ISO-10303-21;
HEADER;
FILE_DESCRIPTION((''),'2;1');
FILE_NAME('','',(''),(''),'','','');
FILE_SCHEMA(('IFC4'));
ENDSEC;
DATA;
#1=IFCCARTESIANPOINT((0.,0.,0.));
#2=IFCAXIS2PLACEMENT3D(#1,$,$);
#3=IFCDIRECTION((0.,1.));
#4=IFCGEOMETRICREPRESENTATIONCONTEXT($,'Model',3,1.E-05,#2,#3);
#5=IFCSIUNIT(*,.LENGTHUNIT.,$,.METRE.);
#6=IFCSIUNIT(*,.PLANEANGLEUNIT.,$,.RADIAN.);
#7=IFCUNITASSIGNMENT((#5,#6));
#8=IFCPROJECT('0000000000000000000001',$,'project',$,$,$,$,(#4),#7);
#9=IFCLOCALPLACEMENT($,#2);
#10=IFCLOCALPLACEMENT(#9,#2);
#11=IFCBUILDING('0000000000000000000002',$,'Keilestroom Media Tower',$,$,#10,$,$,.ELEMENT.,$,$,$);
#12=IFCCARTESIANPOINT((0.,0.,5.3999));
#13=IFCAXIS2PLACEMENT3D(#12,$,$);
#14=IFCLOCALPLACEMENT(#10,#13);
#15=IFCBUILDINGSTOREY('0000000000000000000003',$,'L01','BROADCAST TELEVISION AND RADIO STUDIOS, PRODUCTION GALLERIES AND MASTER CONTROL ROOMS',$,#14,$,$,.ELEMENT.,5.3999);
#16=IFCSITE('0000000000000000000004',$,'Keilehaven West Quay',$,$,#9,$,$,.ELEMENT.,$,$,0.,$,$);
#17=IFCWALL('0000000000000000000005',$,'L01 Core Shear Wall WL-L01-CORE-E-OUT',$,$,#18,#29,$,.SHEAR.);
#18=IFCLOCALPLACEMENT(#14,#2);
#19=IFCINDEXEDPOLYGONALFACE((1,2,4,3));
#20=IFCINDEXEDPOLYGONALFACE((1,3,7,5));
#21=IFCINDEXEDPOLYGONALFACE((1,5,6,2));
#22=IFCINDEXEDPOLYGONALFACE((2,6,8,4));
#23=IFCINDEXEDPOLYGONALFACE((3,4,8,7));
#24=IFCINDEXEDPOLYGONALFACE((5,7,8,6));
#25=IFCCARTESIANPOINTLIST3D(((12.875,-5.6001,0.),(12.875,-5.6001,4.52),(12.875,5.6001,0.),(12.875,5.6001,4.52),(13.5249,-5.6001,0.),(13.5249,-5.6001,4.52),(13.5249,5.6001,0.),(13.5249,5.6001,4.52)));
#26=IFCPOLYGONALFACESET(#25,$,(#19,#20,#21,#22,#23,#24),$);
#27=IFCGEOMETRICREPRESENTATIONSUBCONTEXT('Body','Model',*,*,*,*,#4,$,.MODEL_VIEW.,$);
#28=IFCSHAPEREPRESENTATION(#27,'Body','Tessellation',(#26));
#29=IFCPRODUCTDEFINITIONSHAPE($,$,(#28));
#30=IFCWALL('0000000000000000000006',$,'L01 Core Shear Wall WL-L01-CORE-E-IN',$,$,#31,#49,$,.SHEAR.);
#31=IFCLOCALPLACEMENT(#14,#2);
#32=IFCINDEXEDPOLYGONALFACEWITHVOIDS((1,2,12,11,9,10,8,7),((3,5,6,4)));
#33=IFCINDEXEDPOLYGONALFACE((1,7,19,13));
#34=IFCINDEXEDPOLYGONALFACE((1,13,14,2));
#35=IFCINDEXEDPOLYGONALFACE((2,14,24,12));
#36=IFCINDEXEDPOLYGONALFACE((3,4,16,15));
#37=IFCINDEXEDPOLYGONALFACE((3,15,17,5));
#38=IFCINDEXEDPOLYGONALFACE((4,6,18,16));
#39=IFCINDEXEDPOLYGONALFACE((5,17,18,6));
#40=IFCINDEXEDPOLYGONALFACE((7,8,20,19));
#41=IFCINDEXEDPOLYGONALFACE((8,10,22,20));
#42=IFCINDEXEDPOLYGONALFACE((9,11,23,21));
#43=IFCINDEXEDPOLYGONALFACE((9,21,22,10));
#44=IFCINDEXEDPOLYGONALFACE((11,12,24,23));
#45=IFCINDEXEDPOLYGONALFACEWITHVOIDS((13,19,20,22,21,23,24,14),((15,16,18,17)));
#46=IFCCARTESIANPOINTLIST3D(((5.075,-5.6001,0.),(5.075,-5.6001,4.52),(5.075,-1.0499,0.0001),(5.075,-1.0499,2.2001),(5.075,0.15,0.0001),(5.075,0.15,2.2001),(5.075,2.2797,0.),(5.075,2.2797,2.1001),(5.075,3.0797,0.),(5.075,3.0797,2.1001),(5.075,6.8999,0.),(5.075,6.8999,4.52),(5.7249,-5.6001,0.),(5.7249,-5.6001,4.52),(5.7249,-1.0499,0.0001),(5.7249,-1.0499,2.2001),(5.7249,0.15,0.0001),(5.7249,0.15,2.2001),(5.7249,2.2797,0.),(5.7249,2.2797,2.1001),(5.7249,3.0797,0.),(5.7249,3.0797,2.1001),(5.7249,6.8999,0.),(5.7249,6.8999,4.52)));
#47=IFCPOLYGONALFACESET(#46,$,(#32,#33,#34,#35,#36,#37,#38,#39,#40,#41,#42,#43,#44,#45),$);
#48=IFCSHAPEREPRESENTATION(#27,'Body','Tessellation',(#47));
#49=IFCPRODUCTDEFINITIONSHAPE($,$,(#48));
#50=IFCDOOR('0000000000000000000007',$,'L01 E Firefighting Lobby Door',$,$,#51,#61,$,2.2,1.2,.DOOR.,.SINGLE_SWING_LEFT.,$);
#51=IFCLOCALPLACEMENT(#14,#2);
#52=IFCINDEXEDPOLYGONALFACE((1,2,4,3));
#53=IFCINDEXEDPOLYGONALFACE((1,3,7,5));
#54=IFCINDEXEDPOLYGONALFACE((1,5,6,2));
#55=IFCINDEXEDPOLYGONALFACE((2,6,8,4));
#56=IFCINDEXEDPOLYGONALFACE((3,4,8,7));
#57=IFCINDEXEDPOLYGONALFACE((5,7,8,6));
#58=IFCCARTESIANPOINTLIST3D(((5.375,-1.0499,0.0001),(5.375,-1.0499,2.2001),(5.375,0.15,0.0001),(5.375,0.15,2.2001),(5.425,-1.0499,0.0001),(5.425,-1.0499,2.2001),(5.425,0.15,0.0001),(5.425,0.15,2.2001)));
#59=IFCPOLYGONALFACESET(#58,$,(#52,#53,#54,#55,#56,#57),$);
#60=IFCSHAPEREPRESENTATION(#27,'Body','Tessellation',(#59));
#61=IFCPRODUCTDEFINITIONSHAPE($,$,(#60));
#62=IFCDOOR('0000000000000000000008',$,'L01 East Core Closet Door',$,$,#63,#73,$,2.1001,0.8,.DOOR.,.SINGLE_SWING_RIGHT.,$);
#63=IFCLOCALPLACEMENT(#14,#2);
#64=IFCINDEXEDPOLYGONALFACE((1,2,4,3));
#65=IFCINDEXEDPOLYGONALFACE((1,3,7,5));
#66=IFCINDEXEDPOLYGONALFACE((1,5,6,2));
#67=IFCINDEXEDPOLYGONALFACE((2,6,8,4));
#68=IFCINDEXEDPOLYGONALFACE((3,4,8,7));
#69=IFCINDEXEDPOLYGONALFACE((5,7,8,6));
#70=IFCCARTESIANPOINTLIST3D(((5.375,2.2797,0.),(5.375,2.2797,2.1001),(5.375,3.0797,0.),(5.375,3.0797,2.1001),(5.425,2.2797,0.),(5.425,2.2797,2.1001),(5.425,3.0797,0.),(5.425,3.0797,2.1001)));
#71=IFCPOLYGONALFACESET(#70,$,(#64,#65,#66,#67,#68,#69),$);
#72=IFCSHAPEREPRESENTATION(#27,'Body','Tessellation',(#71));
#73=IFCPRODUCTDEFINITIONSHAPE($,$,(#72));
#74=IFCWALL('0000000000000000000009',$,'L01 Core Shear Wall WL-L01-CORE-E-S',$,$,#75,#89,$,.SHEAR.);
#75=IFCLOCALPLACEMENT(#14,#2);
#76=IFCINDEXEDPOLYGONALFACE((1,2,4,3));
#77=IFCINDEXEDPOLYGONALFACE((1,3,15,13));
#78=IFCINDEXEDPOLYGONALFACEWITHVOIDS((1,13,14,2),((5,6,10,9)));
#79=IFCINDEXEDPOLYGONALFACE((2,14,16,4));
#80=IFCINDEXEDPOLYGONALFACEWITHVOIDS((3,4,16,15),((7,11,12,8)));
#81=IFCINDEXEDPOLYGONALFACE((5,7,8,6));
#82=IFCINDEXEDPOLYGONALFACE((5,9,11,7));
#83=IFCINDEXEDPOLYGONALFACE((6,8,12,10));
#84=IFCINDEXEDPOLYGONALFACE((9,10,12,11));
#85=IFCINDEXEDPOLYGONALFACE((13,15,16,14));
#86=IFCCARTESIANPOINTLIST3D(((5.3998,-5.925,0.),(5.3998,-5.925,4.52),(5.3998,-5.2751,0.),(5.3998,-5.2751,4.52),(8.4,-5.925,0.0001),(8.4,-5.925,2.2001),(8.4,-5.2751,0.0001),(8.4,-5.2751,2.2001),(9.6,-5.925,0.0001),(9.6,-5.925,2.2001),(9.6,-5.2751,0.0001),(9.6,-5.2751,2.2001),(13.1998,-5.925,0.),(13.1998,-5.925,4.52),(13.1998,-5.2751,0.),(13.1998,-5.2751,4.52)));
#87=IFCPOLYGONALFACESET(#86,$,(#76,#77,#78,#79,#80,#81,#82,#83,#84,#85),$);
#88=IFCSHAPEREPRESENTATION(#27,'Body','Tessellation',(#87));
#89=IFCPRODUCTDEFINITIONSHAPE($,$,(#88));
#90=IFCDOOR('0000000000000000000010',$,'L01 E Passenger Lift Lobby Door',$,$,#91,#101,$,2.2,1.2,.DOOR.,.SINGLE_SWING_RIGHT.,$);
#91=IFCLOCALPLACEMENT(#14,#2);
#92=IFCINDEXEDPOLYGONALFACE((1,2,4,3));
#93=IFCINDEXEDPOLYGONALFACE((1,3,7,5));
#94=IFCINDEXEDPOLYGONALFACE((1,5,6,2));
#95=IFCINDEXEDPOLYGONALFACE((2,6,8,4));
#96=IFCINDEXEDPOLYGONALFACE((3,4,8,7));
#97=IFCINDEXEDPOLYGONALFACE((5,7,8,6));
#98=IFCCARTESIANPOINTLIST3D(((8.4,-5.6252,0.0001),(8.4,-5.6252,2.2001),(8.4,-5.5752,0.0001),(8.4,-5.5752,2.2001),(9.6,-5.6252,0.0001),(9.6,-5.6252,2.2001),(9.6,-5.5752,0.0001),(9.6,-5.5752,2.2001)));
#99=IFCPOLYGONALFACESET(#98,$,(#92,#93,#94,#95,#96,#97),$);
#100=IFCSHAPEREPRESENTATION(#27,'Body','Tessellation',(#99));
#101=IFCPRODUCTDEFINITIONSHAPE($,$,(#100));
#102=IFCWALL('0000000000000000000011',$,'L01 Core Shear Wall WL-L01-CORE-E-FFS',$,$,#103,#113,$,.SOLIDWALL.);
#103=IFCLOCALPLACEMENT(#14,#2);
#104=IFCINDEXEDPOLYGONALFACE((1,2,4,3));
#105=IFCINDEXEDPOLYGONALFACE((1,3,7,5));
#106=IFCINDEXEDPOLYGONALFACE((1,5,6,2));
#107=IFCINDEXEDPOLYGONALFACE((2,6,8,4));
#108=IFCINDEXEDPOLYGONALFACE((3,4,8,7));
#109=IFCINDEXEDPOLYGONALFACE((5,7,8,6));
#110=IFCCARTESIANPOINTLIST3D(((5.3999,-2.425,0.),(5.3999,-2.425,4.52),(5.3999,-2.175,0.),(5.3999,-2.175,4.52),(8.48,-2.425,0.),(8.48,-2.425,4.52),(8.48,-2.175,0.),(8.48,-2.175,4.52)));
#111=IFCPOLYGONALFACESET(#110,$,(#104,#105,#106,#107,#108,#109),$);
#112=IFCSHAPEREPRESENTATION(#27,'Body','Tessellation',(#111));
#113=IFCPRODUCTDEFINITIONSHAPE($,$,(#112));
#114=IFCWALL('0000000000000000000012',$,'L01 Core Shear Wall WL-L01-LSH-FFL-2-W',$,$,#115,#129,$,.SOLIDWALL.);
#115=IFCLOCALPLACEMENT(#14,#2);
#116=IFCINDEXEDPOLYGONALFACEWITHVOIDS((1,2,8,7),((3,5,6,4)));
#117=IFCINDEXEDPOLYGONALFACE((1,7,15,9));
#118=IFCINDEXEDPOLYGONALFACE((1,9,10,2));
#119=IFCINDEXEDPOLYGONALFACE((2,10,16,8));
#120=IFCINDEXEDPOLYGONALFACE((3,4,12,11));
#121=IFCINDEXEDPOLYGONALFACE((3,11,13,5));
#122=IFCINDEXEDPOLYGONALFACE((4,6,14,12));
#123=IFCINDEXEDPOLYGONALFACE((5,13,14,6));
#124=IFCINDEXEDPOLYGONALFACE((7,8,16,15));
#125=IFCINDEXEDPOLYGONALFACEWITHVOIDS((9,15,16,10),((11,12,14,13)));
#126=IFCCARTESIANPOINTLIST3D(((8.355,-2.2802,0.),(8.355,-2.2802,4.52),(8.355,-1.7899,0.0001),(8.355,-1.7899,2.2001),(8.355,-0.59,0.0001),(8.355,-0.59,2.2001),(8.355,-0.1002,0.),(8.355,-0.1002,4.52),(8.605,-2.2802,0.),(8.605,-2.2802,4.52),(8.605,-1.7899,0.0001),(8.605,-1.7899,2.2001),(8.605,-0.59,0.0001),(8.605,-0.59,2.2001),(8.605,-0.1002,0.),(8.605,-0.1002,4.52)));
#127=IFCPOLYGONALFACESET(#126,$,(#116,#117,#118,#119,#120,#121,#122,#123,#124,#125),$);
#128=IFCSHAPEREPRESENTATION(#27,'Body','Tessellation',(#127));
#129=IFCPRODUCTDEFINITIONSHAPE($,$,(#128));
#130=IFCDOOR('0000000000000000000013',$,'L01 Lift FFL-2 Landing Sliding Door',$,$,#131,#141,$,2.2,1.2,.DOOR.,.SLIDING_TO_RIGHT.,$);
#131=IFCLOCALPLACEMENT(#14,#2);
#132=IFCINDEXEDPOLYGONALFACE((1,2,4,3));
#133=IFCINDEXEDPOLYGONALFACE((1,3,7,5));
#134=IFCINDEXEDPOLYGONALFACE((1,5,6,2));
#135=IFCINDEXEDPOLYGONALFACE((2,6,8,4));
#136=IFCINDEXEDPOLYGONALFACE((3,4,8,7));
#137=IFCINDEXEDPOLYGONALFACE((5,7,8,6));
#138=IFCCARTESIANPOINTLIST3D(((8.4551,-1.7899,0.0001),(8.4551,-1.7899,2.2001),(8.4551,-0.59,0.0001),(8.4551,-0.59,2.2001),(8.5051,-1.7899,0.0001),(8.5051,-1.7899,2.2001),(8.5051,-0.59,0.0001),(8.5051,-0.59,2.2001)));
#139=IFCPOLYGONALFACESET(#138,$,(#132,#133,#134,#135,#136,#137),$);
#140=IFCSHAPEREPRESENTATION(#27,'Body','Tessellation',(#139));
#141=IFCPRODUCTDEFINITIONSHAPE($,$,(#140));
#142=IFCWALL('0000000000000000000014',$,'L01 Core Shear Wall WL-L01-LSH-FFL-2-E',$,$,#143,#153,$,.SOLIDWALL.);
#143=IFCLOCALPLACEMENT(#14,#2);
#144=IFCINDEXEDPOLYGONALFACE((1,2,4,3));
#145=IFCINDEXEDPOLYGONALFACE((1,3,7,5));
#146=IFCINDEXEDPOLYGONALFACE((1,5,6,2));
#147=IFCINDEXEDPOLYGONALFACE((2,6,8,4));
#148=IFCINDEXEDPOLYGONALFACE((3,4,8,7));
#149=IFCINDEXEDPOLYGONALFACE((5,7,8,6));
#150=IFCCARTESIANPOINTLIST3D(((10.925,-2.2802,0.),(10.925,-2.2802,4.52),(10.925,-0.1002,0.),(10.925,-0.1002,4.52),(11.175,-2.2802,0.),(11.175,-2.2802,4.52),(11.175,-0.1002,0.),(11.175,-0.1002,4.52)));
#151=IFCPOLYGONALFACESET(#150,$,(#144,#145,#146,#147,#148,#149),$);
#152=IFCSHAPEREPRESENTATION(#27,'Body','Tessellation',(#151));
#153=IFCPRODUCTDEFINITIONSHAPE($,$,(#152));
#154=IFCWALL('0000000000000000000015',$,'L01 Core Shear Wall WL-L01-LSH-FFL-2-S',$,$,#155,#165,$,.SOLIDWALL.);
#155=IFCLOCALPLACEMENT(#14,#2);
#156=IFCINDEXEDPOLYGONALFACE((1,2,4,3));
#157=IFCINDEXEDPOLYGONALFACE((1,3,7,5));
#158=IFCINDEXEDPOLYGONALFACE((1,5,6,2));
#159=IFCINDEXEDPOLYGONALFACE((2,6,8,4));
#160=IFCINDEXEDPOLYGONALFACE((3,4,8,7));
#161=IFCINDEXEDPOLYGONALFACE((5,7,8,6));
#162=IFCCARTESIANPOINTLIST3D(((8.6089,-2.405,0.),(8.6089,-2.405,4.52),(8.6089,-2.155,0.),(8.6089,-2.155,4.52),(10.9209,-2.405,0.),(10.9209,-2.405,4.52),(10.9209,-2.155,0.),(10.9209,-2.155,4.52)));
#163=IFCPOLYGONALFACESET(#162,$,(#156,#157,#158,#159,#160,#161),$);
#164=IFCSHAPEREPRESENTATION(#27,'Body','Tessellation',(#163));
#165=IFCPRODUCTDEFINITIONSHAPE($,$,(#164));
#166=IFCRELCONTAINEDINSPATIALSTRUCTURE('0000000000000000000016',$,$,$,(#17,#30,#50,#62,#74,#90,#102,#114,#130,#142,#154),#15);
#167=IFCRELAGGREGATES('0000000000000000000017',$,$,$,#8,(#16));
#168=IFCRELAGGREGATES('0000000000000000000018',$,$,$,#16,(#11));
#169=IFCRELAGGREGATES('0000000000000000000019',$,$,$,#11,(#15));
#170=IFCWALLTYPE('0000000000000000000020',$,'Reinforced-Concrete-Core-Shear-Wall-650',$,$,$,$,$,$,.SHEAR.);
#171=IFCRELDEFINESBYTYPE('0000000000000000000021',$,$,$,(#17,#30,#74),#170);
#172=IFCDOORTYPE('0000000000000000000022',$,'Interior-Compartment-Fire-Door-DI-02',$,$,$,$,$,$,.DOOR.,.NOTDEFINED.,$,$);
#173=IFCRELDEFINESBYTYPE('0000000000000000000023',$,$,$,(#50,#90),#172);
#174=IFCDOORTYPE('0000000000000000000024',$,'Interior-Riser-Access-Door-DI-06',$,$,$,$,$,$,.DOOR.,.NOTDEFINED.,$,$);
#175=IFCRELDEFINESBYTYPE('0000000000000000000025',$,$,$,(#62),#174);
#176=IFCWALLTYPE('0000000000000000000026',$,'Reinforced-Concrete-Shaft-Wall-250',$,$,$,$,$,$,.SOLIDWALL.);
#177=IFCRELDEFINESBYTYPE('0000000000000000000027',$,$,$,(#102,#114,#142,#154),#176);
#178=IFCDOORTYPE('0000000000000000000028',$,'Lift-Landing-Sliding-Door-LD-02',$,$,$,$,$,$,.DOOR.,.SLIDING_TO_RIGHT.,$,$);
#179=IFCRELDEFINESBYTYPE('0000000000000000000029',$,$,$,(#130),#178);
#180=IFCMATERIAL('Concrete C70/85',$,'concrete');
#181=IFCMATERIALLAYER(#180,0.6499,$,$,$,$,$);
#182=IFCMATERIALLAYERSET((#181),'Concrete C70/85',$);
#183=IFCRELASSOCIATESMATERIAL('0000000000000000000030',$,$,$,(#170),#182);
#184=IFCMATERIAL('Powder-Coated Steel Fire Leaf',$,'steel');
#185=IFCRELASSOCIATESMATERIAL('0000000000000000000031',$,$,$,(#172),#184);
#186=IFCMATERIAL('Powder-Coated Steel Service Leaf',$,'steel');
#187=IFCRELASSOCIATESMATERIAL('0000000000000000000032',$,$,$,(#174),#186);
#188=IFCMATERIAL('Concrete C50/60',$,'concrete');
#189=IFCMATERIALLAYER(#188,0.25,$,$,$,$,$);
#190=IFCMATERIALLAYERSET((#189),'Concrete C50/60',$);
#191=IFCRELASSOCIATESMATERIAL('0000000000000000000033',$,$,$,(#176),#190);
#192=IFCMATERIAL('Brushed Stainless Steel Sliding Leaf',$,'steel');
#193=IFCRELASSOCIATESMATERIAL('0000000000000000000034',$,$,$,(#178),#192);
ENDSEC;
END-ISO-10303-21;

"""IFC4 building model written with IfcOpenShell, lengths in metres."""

from ifc_helpers import new_model, si_unit, direction, frame, frame_2d, origin, place, context, subcontext, project, spatial, rectangle, extrude, source, transform, mapped, material, layer, layer_set, type_object, element, fill, save


model = new_model("IFC4")

# Units and contexts
model_context = context("Model", 3, precision=1e-05, world=origin(), true_north=direction((0.0, 1.0)))
body_context = subcontext(model_context, "Body", "Model", "MODEL_VIEW")
ifc_project = project(units=[si_unit("LENGTHUNIT", "METRE"), si_unit("PLANEANGLEUNIT", "RADIAN")], contexts=[model_context])

# Site, building, storey
site_placement = place(None, origin())
site = spatial("IfcSite", under=ifc_project, at=site_placement, Name="Keilehaven West Quay", CompositionType="ELEMENT", RefElevation=0.0)
building_placement = place(site_placement, origin())
building = spatial("IfcBuilding", under=site, at=building_placement, Name="Keilestroom Media Tower", CompositionType="ELEMENT")
storey_placement = place(building_placement, frame((0.0, 0.0, 5.3999)))
storey = spatial("IfcBuildingStorey", under=building, at=storey_placement, Name="L01", Description="BROADCAST TELEVISION AND RADIO STUDIOS, PRODUCTION GALLERIES AND MASTER CONTROL ROOMS", CompositionType="ELEMENT", Elevation=5.3999)

# Shared definitions
ifc_material_1 = material(Name="Concrete C70/85", Category="concrete")

# Wall
ifc_layer_1 = layer(ifc_material_1, 0.6499)
ifc_layer_set_1 = layer_set([ifc_layer_1], Name="Concrete C70/85")
wall_type_1 = type_object("IfcWallType", Name="Reinforced-Concrete-Core-Shear-Wall-650", PredefinedType="SHEAR", material=ifc_layer_set_1)
wall_1_placement = place(storey_placement, frame((13.2, -5.6001, 0.0), z_axis=(0.0, 0.0, 1.0), x_axis=(0.0, 1.0, 0.0)))
element("IfcWall", 1, at=wall_1_placement, inside=storey, type_object=wall_type_1, Name="L01 Core Shear Wall WL-L01-CORE-E-OUT", PredefinedType="SHEAR", context=body_context, shape_type="SweptSolid", body=[
    extrude(rectangle(XDim=11.2002, YDim=0.6499, at=frame_2d((5.6001, 0.0))), origin(), (0.0, 0.0, 1.0), 4.52),
])

# Wall, openings, doors
wall_2_placement = place(storey_placement, frame((5.3999, -5.6001, 0.0), z_axis=(0.0, 0.0, 1.0), x_axis=(0.0, 1.0, 0.0)))
wall_2 = element("IfcWall", 2, at=wall_2_placement, inside=storey, type_object=wall_type_1, Name="L01 Core Shear Wall WL-L01-CORE-E-IN", PredefinedType="SHEAR", context=body_context, shape_type="SweptSolid", body=[
    extrude(rectangle(XDim=12.5, YDim=0.6499, at=frame_2d((6.25, 0.0))), origin(), (0.0, 0.0, 1.0), 4.52),
])
opening_1_placement = place(wall_2_placement, frame((4.55, 0.0, 0.0)))
opening_1 = element("IfcOpeningElement", 3, at=opening_1_placement, cuts=wall_2, PredefinedType="OPENING", context=body_context, shape_type="SweptSolid", body=[
    extrude(rectangle(XDim=1.2, YDim=2.2, at=frame_2d((0.6001, 1.1001))), frame((0.0, 0.335, 0.0), z_axis=(0.0, -1.0, 0.0), x_axis=(1.0, 0.0, 0.0)), (0.0, 0.0, 1.0), 0.6699),
])
opening_2_placement = place(wall_2_placement, frame((7.8799, 0.0, 0.0)))
opening_2 = element("IfcOpeningElement", 4, at=opening_2_placement, cuts=wall_2, PredefinedType="OPENING", context=body_context, shape_type="SweptSolid", body=[
    extrude(rectangle(XDim=0.8, YDim=2.1001, at=frame_2d((0.3999, 1.05))), frame((0.0, 0.335, 0.0), z_axis=(0.0, -1.0, 0.0), x_axis=(1.0, 0.0, 0.0)), (0.0, 0.0, 1.0), 0.6699),
])
ifc_material_2 = material(Name="Powder-Coated Steel Fire Leaf", Category="steel")
door_type_1 = type_object("IfcDoorType", Name="Interior-Compartment-Fire-Door-DI-02", OperationType="NOTDEFINED", PredefinedType="DOOR", material=ifc_material_2)
shared_shape_1 = source(origin(), body_context, "Body", "SweptSolid", [
    extrude(rectangle(XDim=1.2, YDim=2.2, at=frame_2d((0.6001, 1.1001))), frame((0.0, 0.0249, 0.0), z_axis=(0.0, -1.0, 0.0), x_axis=(1.0, 0.0, 0.0)), (0.0, 0.0, 1.0), 0.05),
])
door_1_placement = place(opening_1_placement, origin())
door_1 = element("IfcDoor", 5, at=door_1_placement, inside=storey, type_object=door_type_1, Name="L01 E Firefighting Lobby Door", OperationType="SINGLE_SWING_LEFT", OverallHeight=2.2, OverallWidth=1.2, PredefinedType="DOOR", context=body_context, shape_type="MappedRepresentation", body=[
    mapped(shared_shape_1, transform((0.0, 0.0, 0.0), x_axis=(1.0, 0.0, 0.0), y_axis=(0.0, 1.0, 0.0), z_axis=(0.0, 0.0, 1.0), scale=1.0)),
])
fill(opening_1, door_1)
ifc_material_3 = material(Name="Powder-Coated Steel Service Leaf", Category="steel")
door_type_2 = type_object("IfcDoorType", Name="Interior-Riser-Access-Door-DI-06", OperationType="NOTDEFINED", PredefinedType="DOOR", material=ifc_material_3)
shared_shape_2 = source(origin(), body_context, "Body", "SweptSolid", [
    extrude(rectangle(XDim=0.8, YDim=2.1001, at=frame_2d((0.3999, 1.05))), frame((0.0, 0.0249, 0.0), z_axis=(0.0, -1.0, 0.0), x_axis=(1.0, 0.0, 0.0)), (0.0, 0.0, 1.0), 0.05),
])
door_2_placement = place(opening_2_placement, origin())
door_2 = element("IfcDoor", 6, at=door_2_placement, inside=storey, type_object=door_type_2, Name="L01 East Core Closet Door", OperationType="SINGLE_SWING_RIGHT", OverallHeight=2.1001, OverallWidth=0.8, PredefinedType="DOOR", context=body_context, shape_type="MappedRepresentation", body=[
    mapped(shared_shape_2, transform((0.0, 0.0, 0.0), x_axis=(1.0, 0.0, 0.0), y_axis=(0.0, 1.0, 0.0), z_axis=(0.0, 0.0, 1.0), scale=1.0)),
])
fill(opening_2, door_2)

# Wall, opening, door
wall_3_placement = place(storey_placement, frame((5.3999, -5.6001, 0.0), z_axis=(0.0, 0.0, 1.0), x_axis=(1.0, 0.0, 0.0)))
wall_3 = element("IfcWall", 7, at=wall_3_placement, inside=storey, type_object=wall_type_1, Name="L01 Core Shear Wall WL-L01-CORE-E-S", PredefinedType="SHEAR", context=body_context, shape_type="SweptSolid", body=[
    extrude(rectangle(XDim=7.8, YDim=0.6499, at=frame_2d((3.8999, 0.0))), origin(), (0.0, 0.0, 1.0), 4.52),
])
opening_3_placement = place(wall_3_placement, frame((3.0, 0.0, 0.0)))
opening_3 = element("IfcOpeningElement", 8, at=opening_3_placement, cuts=wall_3, PredefinedType="OPENING", context=body_context, shape_type="SweptSolid", body=[
    extrude(rectangle(XDim=1.2, YDim=2.2, at=frame_2d((0.6001, 1.1001))), frame((0.0, 0.335, 0.0), z_axis=(0.0, -1.0, 0.0), x_axis=(1.0, 0.0, 0.0)), (0.0, 0.0, 1.0), 0.6699),
])
door_3_placement = place(opening_3_placement, origin())
door_3 = element("IfcDoor", 9, at=door_3_placement, inside=storey, type_object=door_type_1, Name="L01 E Passenger Lift Lobby Door", OperationType="SINGLE_SWING_RIGHT", OverallHeight=2.2, OverallWidth=1.2, PredefinedType="DOOR", context=body_context, shape_type="MappedRepresentation", body=[
    mapped(shared_shape_1, transform((0.0, 0.0, 0.0), x_axis=(1.0, 0.0, 0.0), y_axis=(0.0, 1.0, 0.0), z_axis=(0.0, 0.0, 1.0), scale=1.0)),
])
fill(opening_3, door_3)

# Wall
ifc_material_4 = material(Name="Concrete C50/60", Category="concrete")
ifc_layer_2 = layer(ifc_material_4, 0.25)
ifc_layer_set_2 = layer_set([ifc_layer_2], Name="Concrete C50/60")
wall_type_2 = type_object("IfcWallType", Name="Reinforced-Concrete-Shaft-Wall-250", PredefinedType="SOLIDWALL", material=ifc_layer_set_2)
wall_4_placement = place(storey_placement, frame((5.3999, -2.3, 0.0), z_axis=(0.0, 0.0, 1.0), x_axis=(1.0, 0.0, 0.0)))
element("IfcWall", 10, at=wall_4_placement, inside=storey, type_object=wall_type_2, Name="L01 Core Shear Wall WL-L01-CORE-E-FFS", PredefinedType="SOLIDWALL", context=body_context, shape_type="SweptSolid", body=[
    extrude(rectangle(XDim=3.0801, YDim=0.25, at=frame_2d((1.54, 0.0))), origin(), (0.0, 0.0, 1.0), 4.52),
])

# Wall, opening, door
wall_5_placement = place(storey_placement, frame((8.48, -2.28, 0.0), z_axis=(0.0, 0.0, 1.0), x_axis=(0.0, 1.0, 0.0)))
wall_5 = element("IfcWall", 11, at=wall_5_placement, inside=storey, type_object=wall_type_2, Name="L01 Core Shear Wall WL-L01-LSH-FFL-2-W", PredefinedType="SOLIDWALL", context=body_context, shape_type="SweptSolid", body=[
    extrude(rectangle(XDim=2.1799, YDim=0.25, at=frame_2d((1.0898, 0.0))), origin(), (0.0, 0.0, 1.0), 4.52),
])
opening_4_placement = place(wall_5_placement, frame((0.49, 0.0, 0.0)))
opening_4 = element("IfcOpeningElement", 12, at=opening_4_placement, cuts=wall_5, PredefinedType="OPENING", context=body_context, shape_type="SweptSolid", body=[
    extrude(rectangle(XDim=1.2, YDim=2.2, at=frame_2d((0.6001, 1.1001))), frame((0.0, 0.135, 0.0), z_axis=(0.0, -1.0, 0.0), x_axis=(1.0, 0.0, 0.0)), (0.0, 0.0, 1.0), 0.27),
])
ifc_material_5 = material(Name="Brushed Stainless Steel Sliding Leaf", Category="steel")
door_type_3 = type_object("IfcDoorType", Name="Lift-Landing-Sliding-Door-LD-02", OperationType="SLIDING_TO_RIGHT", PredefinedType="DOOR", material=ifc_material_5)
door_4_placement = place(opening_4_placement, origin())
door_4 = element("IfcDoor", 13, at=door_4_placement, inside=storey, type_object=door_type_3, Name="L01 Lift FFL-2 Landing Sliding Door", OperationType="SLIDING_TO_RIGHT", OverallHeight=2.2, OverallWidth=1.2, PredefinedType="DOOR", context=body_context, shape_type="MappedRepresentation", body=[
    mapped(shared_shape_1, transform((0.0, 0.0, 0.0), x_axis=(1.0, 0.0, 0.0), y_axis=(0.0, 1.0, 0.0), z_axis=(0.0, 0.0, 1.0), scale=1.0)),
])
fill(opening_4, door_4)

# Walls
wall_6_placement = place(storey_placement, frame((11.05, -2.28, 0.0), z_axis=(0.0, 0.0, 1.0), x_axis=(0.0, 1.0, 0.0)))
element("IfcWall", 14, at=wall_6_placement, inside=storey, type_object=wall_type_2, Name="L01 Core Shear Wall WL-L01-LSH-FFL-2-E", PredefinedType="SOLIDWALL", context=body_context, shape_type="SweptSolid", body=[
    extrude(rectangle(XDim=2.1799, YDim=0.25, at=frame_2d((1.0898, 0.0))), origin(), (0.0, 0.0, 1.0), 4.52),
])
wall_7_placement = place(storey_placement, frame((8.6089, -2.28, 0.0), z_axis=(0.0, 0.0, 1.0), x_axis=(1.0, 0.0, 0.0)))
element("IfcWall", 15, at=wall_7_placement, inside=storey, type_object=wall_type_2, Name="L01 Core Shear Wall WL-L01-LSH-FFL-2-S", PredefinedType="SOLIDWALL", context=body_context, shape_type="SweptSolid", body=[
    extrude(rectangle(XDim=2.312, YDim=0.25, at=frame_2d((1.156, 0.0))), origin(), (0.0, 0.0, 1.0), 4.52),
])

save(model, "model.ifc")
